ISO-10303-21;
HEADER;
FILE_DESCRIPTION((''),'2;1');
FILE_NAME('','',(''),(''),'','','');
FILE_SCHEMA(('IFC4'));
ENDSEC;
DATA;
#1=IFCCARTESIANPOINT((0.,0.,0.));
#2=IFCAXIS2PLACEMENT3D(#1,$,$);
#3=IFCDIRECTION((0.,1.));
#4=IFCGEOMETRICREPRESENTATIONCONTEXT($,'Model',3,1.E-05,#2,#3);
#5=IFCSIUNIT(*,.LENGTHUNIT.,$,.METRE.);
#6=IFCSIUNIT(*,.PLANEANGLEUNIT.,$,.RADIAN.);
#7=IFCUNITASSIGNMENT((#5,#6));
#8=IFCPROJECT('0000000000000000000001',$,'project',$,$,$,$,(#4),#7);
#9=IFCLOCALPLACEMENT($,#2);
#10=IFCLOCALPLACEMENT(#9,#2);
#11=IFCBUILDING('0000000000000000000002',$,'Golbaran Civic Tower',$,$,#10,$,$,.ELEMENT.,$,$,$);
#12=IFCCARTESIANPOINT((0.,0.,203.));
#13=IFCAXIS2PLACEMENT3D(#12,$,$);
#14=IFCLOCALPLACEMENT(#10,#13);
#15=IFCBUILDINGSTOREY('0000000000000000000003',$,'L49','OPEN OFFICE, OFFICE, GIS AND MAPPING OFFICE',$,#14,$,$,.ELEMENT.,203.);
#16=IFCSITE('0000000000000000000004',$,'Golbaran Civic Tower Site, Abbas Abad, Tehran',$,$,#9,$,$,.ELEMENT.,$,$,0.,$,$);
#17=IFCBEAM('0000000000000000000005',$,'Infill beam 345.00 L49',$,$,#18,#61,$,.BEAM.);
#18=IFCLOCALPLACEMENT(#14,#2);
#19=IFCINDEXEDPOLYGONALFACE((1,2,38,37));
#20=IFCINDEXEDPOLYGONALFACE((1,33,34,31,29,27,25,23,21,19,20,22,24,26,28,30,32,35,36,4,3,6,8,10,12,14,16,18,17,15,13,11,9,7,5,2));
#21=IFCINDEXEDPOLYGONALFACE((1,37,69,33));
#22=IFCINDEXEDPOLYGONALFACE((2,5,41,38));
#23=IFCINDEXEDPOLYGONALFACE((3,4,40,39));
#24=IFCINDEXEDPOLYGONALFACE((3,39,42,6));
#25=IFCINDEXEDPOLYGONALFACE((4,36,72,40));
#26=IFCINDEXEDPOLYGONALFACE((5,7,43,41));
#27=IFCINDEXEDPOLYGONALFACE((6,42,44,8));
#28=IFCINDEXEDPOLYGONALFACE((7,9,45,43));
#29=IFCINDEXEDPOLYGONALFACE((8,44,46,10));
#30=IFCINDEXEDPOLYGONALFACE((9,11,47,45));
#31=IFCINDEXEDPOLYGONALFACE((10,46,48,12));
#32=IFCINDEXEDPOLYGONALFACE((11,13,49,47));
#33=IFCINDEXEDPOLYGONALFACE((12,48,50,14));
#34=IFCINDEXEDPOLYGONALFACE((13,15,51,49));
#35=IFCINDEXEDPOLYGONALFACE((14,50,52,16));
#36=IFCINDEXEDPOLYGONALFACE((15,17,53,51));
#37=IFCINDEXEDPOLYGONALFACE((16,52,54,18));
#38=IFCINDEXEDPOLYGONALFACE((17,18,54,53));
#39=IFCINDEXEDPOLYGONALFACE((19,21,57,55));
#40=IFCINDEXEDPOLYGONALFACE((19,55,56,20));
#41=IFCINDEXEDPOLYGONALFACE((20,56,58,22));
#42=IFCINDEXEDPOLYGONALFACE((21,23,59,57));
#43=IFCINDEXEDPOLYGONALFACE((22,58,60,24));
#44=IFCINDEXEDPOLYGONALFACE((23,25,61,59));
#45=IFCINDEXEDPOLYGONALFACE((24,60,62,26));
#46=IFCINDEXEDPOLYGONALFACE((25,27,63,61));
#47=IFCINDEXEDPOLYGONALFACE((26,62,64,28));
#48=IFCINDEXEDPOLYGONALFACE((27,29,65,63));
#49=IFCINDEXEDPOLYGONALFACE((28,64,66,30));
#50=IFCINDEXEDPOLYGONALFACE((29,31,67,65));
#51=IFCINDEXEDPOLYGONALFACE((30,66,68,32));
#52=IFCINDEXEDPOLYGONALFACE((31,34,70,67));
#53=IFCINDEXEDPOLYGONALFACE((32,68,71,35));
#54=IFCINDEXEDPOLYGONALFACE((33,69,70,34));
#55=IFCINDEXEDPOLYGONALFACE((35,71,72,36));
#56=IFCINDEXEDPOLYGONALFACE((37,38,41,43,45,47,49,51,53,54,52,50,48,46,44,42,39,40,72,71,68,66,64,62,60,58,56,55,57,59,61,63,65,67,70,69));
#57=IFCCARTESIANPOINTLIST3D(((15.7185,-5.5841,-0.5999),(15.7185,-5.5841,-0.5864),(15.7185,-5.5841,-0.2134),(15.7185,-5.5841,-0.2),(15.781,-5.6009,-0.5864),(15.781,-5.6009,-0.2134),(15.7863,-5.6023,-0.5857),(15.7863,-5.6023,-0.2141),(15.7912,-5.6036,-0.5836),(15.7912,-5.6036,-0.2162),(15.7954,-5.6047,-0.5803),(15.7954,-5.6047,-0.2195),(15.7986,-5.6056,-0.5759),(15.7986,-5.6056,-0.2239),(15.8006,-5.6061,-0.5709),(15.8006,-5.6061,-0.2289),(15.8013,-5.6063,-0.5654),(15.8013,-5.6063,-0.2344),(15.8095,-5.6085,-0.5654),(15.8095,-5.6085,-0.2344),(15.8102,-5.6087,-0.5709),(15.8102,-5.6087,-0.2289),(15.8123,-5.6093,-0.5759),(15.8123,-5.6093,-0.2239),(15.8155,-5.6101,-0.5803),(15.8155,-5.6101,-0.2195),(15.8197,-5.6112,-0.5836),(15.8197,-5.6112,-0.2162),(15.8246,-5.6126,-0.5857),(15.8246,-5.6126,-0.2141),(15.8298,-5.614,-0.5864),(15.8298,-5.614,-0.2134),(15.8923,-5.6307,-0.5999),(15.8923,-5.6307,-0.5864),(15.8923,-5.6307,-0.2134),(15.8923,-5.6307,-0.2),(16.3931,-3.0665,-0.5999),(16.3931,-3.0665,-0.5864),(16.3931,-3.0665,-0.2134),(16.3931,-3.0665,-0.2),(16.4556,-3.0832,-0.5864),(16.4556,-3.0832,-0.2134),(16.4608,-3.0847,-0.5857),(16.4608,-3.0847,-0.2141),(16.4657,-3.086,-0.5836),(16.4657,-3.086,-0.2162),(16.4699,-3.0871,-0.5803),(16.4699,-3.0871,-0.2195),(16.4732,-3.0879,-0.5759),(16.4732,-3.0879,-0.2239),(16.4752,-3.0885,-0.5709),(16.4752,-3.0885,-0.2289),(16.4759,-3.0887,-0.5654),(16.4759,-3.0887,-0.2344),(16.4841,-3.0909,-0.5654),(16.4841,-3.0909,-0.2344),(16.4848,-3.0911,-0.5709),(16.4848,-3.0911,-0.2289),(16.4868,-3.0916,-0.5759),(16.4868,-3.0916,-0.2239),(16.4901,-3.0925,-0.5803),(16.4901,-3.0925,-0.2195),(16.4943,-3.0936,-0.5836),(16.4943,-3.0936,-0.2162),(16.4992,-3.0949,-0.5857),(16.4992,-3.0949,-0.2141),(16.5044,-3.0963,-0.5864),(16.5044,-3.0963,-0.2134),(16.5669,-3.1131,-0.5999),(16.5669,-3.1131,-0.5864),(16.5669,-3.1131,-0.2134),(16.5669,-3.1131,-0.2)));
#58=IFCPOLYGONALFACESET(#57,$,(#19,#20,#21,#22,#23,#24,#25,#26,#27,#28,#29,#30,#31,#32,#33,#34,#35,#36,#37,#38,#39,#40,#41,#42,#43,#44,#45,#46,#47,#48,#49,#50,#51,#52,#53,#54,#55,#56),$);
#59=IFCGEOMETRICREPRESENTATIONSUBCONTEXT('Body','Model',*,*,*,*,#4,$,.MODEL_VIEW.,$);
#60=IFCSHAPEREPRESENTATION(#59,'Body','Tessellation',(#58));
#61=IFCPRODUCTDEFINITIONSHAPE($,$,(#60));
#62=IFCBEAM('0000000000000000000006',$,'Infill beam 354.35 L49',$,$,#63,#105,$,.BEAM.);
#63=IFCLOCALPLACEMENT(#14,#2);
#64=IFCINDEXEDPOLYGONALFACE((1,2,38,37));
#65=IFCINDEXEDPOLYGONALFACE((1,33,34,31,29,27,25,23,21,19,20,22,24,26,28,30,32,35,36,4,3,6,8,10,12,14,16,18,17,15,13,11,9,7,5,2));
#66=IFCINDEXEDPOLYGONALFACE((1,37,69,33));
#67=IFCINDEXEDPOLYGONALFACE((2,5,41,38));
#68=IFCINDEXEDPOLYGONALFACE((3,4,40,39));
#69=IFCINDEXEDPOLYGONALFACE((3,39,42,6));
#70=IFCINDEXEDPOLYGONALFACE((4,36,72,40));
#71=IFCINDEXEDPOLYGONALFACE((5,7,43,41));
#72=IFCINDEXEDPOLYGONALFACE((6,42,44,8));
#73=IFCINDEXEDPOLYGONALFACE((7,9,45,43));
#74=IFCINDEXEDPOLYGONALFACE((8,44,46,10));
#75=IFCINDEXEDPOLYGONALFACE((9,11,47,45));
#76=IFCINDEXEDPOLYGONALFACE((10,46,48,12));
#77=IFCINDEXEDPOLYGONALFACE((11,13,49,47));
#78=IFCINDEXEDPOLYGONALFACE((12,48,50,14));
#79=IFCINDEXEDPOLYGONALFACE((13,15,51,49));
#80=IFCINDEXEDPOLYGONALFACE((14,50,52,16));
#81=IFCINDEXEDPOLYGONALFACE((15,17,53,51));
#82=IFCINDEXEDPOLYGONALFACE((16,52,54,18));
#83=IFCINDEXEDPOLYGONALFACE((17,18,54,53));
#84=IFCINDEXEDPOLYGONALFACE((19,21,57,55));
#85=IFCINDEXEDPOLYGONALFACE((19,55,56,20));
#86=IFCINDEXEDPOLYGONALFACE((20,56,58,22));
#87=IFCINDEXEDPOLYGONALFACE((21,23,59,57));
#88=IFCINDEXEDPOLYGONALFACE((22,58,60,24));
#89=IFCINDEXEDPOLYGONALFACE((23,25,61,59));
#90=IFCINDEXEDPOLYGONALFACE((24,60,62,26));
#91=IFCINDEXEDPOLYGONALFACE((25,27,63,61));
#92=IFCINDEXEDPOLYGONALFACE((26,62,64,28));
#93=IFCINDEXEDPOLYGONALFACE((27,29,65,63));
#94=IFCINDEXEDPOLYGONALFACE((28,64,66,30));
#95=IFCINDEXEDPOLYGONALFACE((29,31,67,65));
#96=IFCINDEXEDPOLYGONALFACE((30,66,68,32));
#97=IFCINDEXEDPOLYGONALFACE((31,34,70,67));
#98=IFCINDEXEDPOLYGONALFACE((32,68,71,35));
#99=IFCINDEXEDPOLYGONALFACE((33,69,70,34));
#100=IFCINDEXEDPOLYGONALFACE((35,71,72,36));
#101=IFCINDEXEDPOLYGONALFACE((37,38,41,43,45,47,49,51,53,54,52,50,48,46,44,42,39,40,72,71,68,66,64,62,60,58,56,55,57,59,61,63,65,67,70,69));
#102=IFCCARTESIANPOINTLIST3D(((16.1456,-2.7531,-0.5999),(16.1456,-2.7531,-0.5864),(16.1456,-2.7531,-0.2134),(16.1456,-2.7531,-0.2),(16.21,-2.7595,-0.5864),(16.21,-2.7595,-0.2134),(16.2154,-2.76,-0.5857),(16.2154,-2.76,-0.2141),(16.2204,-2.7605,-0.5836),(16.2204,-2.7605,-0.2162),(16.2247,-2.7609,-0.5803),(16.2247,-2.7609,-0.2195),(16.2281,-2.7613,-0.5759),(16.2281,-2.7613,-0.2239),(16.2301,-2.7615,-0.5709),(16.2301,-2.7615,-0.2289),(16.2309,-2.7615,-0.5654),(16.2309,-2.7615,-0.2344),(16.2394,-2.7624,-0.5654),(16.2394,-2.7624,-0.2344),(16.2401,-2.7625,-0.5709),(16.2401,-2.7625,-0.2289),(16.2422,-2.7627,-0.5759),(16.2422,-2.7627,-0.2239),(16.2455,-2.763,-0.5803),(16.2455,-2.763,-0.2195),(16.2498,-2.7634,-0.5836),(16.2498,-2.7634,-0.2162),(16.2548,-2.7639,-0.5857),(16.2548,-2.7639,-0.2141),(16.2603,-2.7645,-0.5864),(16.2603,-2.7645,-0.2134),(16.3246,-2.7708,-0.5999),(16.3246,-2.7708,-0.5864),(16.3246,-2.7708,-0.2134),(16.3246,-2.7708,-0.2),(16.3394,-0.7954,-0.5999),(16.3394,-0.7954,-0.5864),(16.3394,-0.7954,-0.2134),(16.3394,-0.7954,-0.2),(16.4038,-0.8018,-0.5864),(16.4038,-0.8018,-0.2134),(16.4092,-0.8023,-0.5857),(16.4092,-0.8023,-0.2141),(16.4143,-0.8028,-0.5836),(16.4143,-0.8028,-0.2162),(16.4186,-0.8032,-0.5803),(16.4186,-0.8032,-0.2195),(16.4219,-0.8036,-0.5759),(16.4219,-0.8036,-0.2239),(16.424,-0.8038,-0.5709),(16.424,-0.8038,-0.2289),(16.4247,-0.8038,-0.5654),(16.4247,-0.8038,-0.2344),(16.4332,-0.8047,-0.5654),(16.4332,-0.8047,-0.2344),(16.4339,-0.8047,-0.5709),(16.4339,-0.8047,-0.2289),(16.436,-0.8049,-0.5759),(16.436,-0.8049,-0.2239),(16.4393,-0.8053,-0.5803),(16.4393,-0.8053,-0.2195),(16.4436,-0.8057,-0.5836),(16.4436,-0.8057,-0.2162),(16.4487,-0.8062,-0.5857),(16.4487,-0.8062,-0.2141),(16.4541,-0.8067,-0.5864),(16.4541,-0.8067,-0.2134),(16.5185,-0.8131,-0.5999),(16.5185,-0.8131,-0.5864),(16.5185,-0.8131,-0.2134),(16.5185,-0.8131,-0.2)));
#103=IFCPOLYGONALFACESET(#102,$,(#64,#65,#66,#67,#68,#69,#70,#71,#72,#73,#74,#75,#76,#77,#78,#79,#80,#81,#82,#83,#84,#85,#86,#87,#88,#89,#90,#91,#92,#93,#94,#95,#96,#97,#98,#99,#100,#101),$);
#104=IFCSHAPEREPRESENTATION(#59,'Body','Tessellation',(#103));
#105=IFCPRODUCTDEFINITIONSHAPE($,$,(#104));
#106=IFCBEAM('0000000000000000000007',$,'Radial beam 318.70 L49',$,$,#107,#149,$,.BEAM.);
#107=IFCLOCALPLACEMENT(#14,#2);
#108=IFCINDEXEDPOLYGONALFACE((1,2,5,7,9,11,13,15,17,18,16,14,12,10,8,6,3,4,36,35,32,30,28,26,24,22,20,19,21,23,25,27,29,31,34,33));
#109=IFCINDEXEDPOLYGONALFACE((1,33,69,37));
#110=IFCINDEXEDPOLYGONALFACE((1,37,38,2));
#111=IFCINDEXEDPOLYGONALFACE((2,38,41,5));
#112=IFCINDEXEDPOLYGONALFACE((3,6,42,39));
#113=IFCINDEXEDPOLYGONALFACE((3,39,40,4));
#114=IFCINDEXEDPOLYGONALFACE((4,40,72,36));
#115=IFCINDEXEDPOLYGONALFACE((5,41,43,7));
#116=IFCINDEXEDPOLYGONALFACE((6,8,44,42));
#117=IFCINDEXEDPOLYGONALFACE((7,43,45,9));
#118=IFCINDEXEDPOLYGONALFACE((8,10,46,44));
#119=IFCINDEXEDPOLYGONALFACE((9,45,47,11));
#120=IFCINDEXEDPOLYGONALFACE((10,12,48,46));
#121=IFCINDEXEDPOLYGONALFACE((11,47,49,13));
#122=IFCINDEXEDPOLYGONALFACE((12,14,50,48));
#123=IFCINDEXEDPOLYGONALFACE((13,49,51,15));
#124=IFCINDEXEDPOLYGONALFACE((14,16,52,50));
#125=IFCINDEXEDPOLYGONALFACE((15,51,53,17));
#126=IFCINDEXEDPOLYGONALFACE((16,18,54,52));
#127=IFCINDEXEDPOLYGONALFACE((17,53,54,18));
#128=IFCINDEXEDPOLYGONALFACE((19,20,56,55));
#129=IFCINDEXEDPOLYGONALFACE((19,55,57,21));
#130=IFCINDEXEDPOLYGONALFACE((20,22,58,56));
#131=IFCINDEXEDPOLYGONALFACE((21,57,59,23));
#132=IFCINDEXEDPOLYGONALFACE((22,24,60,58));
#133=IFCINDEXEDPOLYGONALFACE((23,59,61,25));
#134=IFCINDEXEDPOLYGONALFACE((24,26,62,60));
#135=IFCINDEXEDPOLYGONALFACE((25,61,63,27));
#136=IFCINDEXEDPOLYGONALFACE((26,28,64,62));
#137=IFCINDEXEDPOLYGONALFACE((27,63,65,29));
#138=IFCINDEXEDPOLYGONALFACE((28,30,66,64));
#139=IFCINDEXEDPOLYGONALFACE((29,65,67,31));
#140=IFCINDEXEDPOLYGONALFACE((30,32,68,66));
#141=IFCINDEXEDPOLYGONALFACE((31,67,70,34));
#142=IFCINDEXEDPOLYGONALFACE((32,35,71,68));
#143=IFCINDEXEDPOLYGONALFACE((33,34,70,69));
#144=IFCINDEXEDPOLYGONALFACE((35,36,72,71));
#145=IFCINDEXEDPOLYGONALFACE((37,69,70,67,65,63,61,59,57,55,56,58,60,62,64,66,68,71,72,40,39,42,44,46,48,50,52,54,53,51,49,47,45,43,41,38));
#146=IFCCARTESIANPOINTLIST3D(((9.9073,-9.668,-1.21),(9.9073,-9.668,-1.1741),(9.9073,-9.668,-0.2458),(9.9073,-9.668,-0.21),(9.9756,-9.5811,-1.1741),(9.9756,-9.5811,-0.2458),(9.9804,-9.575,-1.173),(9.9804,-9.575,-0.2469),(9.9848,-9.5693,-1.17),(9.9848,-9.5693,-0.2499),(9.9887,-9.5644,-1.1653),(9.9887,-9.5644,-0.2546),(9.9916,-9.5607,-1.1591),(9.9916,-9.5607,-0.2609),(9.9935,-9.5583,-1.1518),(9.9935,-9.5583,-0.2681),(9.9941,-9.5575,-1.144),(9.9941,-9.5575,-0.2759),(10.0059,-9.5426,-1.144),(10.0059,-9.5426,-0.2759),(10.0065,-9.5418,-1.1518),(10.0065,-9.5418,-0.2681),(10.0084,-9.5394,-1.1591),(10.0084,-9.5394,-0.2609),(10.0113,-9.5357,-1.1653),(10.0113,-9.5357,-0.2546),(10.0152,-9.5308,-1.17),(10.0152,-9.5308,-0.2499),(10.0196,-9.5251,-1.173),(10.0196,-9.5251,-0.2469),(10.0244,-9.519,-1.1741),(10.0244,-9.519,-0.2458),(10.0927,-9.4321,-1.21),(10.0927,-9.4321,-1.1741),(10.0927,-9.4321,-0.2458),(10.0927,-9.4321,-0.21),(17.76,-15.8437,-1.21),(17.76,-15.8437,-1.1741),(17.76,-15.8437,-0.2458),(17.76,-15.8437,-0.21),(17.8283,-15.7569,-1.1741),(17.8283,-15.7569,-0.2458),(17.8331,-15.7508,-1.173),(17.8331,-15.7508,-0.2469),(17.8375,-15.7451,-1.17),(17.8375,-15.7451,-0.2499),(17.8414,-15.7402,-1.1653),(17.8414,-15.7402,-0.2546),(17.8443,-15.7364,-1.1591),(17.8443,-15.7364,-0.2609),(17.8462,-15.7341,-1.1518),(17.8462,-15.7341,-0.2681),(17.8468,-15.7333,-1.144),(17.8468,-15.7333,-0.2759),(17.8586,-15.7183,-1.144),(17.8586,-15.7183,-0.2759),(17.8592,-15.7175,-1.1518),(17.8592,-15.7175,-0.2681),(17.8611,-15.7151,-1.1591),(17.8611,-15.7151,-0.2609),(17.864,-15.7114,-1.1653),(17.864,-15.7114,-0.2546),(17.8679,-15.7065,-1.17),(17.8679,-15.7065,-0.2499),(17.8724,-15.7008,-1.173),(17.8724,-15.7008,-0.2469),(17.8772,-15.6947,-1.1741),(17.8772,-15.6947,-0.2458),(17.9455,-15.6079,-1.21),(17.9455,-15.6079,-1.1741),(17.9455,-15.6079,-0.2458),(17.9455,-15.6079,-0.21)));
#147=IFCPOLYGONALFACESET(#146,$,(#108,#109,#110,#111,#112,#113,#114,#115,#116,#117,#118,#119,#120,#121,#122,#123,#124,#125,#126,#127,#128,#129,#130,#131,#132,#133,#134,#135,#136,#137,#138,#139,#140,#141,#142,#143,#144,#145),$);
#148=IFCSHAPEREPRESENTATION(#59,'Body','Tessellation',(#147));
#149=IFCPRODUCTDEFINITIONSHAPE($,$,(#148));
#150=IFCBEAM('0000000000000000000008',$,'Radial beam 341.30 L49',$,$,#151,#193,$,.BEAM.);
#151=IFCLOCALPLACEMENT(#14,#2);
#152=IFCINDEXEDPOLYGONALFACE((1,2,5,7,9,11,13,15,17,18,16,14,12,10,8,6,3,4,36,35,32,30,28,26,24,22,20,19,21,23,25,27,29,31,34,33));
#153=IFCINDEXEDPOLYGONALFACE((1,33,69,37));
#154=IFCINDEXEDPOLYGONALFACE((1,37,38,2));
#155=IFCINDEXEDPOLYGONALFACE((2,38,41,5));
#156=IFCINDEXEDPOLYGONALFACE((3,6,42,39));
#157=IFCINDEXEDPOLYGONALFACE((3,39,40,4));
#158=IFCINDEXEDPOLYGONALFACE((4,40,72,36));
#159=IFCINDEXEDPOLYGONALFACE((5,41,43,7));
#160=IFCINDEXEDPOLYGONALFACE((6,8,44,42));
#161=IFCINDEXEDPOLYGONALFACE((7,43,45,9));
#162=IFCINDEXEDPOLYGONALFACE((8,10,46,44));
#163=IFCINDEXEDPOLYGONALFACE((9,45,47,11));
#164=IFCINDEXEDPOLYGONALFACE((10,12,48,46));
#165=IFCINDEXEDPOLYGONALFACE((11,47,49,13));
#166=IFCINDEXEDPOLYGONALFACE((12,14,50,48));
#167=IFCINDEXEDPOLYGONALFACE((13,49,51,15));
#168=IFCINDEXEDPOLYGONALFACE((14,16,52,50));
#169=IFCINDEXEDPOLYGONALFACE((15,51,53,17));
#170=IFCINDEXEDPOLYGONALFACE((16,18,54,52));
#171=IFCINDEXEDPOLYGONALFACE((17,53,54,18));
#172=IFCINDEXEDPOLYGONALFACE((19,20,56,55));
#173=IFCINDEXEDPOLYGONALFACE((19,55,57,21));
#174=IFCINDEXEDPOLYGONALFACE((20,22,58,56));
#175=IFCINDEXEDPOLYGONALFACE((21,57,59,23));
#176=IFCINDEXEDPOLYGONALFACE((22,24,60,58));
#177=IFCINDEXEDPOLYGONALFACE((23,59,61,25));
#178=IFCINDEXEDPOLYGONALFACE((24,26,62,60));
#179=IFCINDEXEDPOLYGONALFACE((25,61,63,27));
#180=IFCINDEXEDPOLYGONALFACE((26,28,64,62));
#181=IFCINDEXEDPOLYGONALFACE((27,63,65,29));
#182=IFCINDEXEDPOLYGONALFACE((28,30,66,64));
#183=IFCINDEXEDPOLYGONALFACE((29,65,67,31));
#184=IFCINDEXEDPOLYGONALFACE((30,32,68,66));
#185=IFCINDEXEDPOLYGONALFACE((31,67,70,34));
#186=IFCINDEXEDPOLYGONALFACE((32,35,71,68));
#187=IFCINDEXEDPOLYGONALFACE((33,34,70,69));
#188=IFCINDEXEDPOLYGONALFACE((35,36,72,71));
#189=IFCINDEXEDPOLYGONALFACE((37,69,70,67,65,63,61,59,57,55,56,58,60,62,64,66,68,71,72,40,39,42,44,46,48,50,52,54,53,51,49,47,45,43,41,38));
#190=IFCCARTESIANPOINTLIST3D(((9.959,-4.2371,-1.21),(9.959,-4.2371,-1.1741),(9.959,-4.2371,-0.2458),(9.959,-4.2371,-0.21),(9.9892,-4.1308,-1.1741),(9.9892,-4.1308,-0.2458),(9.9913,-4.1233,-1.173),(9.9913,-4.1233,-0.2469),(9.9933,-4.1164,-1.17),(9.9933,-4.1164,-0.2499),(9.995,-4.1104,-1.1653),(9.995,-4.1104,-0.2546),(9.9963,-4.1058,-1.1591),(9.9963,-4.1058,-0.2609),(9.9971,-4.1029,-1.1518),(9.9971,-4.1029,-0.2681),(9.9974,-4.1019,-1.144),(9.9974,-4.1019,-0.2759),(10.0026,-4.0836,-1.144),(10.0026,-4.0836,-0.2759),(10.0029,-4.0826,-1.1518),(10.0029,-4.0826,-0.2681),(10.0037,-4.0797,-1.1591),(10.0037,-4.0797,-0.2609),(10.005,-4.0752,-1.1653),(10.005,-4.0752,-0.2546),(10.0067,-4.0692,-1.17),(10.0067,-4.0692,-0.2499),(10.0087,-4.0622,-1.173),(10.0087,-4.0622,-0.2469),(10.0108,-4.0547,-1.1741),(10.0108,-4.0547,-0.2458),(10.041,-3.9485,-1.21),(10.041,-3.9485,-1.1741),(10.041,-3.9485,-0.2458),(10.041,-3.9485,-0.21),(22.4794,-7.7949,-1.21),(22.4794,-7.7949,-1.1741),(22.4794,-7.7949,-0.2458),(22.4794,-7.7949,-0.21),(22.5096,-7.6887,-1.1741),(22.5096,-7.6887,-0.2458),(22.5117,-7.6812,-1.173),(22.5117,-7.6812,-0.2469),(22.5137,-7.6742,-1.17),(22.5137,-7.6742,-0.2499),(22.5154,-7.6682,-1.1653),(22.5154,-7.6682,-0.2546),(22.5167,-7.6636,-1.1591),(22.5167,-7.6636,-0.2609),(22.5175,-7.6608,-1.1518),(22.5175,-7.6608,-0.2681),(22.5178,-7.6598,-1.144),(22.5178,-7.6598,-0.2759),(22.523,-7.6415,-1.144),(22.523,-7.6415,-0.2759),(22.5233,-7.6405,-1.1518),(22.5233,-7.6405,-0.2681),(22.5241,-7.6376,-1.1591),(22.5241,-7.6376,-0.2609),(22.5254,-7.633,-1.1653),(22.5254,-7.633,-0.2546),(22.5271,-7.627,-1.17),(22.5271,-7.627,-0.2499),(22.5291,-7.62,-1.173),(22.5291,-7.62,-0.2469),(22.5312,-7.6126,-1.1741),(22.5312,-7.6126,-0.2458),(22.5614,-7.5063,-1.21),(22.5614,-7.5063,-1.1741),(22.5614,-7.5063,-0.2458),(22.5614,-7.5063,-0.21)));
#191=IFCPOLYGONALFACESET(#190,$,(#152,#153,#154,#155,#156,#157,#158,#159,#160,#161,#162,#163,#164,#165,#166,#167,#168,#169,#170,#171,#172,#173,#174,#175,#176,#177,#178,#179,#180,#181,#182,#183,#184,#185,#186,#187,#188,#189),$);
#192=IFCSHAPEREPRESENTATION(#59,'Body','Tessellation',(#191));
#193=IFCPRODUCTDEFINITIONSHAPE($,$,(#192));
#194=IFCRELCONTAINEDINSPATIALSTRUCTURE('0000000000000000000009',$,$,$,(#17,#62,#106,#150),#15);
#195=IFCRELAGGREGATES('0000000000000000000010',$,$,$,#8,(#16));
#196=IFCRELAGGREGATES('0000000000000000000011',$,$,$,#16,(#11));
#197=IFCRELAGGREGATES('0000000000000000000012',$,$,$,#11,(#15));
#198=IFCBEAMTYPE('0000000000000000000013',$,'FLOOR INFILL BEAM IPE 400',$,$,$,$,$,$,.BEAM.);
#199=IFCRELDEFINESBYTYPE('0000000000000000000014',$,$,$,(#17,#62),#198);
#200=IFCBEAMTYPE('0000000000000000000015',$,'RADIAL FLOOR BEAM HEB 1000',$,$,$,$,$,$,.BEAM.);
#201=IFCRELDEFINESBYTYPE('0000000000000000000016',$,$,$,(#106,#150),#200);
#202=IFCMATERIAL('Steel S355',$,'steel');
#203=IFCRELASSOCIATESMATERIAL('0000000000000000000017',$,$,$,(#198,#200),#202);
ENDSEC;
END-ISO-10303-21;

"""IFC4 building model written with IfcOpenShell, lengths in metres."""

from ifc_helpers import new_model, si_unit, direction, frame, origin, origin_2d, place, context, subcontext, project, spatial, i_section, extrude, material, material_profile, profile_set, type_object, element, save


model = new_model("IFC4")

# Units and contexts
model_context = context("Model", 3, precision=1e-05, world=origin(), true_north=direction((0.0, 1.0)))
body_context = subcontext(model_context, "Body", "Model", "MODEL_VIEW")
ifc_project = project(units=[si_unit("LENGTHUNIT", "METRE"), si_unit("PLANEANGLEUNIT", "RADIAN")], contexts=[model_context])

# Site, building, storey
site_placement = place(None, origin())
site = spatial("IfcSite", under=ifc_project, at=site_placement, Name="Golbaran Civic Tower Site, Abbas Abad, Tehran", CompositionType="ELEMENT", RefElevation=0.0)
building_placement = place(site_placement, origin())
building = spatial("IfcBuilding", under=site, at=building_placement, Name="Golbaran Civic Tower", CompositionType="ELEMENT")
storey_placement = place(building_placement, frame((0.0, 0.0, 203.0)))
storey = spatial("IfcBuildingStorey", under=building, at=storey_placement, Name="L49", Description="OPEN OFFICE, OFFICE, GIS AND MAPPING OFFICE", CompositionType="ELEMENT", Elevation=203.0)

# Beams
ifc_material_1 = material(Name="Steel S355", Category="steel")
ifc_material_profile_1 = material_profile(ifc_material_1, i_section(OverallWidth=0.1799, OverallDepth=0.3999, WebThickness=0.0085, FlangeThickness=0.0134, FilletRadius=0.021, at=origin_2d()), Name="IPE 400")
ifc_profile_set_1 = profile_set([ifc_material_profile_1], Name="Steel S355")
beam_type_1 = type_object("IfcBeamType", Name="FLOOR INFILL BEAM IPE 400", PredefinedType="BEAM", material=ifc_profile_set_1)
beam_1_placement = place(storey_placement, frame((15.8054, -5.6074, -0.3999), z_axis=(0.258811, 0.965928, 0.0), x_axis=(-0.965928, 0.258811, 0.0)))
element("IfcBeam", 1, at=beam_1_placement, inside=storey, type_object=beam_type_1, Name="Infill beam 345.00 L49", PredefinedType="BEAM", context=body_context, shape_type="SweptSolid", body=[
    extrude(i_section(OverallWidth=0.1799, OverallDepth=0.3999, WebThickness=0.0085, FlangeThickness=0.0134, FilletRadius=0.021, at=origin_2d()), origin(), (0.0, 0.0, 1.0), 2.6064),
])
beam_2_placement = place(storey_placement, frame((16.2351, -2.762, -0.3999), z_axis=(0.098533, 0.995134, 0.0), x_axis=(-0.995134, 0.098533, 0.0)))
element("IfcBeam", 2, at=beam_2_placement, inside=storey, type_object=beam_type_1, Name="Infill beam 354.35 L49", PredefinedType="BEAM", context=body_context, shape_type="SweptSolid", body=[
    extrude(i_section(OverallWidth=0.1799, OverallDepth=0.3999, WebThickness=0.0085, FlangeThickness=0.0134, FilletRadius=0.021, at=origin_2d()), origin(), (0.0, 0.0, 1.0), 1.9673),
])
ifc_material_profile_2 = material_profile(ifc_material_1, i_section(OverallWidth=0.3, OverallDepth=1.0, WebThickness=0.019, FlangeThickness=0.0359, FilletRadius=0.03, at=origin_2d()), Name="HEB 1000")
ifc_profile_set_2 = profile_set([ifc_material_profile_2], Name="Steel S355")
beam_type_2 = type_object("IfcBeamType", Name="RADIAL FLOOR BEAM HEB 1000", PredefinedType="BEAM", material=ifc_profile_set_2)
beam_3_placement = place(storey_placement, frame((10.0, -9.55, -0.71), z_axis=(0.786039, -0.618177, 0.0), x_axis=(0.618177, 0.786039, 0.0)))
element("IfcBeam", 3, at=beam_3_placement, inside=storey, type_object=beam_type_2, Name="Radial beam 318.70 L49", PredefinedType="BEAM", context=body_context, shape_type="SweptSolid", body=[
    extrude(i_section(OverallWidth=0.3, OverallDepth=1.0, WebThickness=0.019, FlangeThickness=0.0359, FilletRadius=0.03, at=origin_2d()), origin(), (0.0, 0.0, 1.0), 9.9902),
])
beam_4_placement = place(storey_placement, frame((10.0, -4.0928, -0.71), z_axis=(0.961917, -0.273341, 0.0), x_axis=(0.273341, 0.961917, 0.0)))
element("IfcBeam", 4, at=beam_4_placement, inside=storey, type_object=beam_type_2, Name="Radial beam 341.30 L49", PredefinedType="BEAM", context=body_context, shape_type="SweptSolid", body=[
    extrude(i_section(OverallWidth=0.3, OverallDepth=1.0, WebThickness=0.019, FlangeThickness=0.0359, FilletRadius=0.03, at=origin_2d()), origin(), (0.0, 0.0, 1.0), 13.0161),
])

save(model, "model.ifc")
